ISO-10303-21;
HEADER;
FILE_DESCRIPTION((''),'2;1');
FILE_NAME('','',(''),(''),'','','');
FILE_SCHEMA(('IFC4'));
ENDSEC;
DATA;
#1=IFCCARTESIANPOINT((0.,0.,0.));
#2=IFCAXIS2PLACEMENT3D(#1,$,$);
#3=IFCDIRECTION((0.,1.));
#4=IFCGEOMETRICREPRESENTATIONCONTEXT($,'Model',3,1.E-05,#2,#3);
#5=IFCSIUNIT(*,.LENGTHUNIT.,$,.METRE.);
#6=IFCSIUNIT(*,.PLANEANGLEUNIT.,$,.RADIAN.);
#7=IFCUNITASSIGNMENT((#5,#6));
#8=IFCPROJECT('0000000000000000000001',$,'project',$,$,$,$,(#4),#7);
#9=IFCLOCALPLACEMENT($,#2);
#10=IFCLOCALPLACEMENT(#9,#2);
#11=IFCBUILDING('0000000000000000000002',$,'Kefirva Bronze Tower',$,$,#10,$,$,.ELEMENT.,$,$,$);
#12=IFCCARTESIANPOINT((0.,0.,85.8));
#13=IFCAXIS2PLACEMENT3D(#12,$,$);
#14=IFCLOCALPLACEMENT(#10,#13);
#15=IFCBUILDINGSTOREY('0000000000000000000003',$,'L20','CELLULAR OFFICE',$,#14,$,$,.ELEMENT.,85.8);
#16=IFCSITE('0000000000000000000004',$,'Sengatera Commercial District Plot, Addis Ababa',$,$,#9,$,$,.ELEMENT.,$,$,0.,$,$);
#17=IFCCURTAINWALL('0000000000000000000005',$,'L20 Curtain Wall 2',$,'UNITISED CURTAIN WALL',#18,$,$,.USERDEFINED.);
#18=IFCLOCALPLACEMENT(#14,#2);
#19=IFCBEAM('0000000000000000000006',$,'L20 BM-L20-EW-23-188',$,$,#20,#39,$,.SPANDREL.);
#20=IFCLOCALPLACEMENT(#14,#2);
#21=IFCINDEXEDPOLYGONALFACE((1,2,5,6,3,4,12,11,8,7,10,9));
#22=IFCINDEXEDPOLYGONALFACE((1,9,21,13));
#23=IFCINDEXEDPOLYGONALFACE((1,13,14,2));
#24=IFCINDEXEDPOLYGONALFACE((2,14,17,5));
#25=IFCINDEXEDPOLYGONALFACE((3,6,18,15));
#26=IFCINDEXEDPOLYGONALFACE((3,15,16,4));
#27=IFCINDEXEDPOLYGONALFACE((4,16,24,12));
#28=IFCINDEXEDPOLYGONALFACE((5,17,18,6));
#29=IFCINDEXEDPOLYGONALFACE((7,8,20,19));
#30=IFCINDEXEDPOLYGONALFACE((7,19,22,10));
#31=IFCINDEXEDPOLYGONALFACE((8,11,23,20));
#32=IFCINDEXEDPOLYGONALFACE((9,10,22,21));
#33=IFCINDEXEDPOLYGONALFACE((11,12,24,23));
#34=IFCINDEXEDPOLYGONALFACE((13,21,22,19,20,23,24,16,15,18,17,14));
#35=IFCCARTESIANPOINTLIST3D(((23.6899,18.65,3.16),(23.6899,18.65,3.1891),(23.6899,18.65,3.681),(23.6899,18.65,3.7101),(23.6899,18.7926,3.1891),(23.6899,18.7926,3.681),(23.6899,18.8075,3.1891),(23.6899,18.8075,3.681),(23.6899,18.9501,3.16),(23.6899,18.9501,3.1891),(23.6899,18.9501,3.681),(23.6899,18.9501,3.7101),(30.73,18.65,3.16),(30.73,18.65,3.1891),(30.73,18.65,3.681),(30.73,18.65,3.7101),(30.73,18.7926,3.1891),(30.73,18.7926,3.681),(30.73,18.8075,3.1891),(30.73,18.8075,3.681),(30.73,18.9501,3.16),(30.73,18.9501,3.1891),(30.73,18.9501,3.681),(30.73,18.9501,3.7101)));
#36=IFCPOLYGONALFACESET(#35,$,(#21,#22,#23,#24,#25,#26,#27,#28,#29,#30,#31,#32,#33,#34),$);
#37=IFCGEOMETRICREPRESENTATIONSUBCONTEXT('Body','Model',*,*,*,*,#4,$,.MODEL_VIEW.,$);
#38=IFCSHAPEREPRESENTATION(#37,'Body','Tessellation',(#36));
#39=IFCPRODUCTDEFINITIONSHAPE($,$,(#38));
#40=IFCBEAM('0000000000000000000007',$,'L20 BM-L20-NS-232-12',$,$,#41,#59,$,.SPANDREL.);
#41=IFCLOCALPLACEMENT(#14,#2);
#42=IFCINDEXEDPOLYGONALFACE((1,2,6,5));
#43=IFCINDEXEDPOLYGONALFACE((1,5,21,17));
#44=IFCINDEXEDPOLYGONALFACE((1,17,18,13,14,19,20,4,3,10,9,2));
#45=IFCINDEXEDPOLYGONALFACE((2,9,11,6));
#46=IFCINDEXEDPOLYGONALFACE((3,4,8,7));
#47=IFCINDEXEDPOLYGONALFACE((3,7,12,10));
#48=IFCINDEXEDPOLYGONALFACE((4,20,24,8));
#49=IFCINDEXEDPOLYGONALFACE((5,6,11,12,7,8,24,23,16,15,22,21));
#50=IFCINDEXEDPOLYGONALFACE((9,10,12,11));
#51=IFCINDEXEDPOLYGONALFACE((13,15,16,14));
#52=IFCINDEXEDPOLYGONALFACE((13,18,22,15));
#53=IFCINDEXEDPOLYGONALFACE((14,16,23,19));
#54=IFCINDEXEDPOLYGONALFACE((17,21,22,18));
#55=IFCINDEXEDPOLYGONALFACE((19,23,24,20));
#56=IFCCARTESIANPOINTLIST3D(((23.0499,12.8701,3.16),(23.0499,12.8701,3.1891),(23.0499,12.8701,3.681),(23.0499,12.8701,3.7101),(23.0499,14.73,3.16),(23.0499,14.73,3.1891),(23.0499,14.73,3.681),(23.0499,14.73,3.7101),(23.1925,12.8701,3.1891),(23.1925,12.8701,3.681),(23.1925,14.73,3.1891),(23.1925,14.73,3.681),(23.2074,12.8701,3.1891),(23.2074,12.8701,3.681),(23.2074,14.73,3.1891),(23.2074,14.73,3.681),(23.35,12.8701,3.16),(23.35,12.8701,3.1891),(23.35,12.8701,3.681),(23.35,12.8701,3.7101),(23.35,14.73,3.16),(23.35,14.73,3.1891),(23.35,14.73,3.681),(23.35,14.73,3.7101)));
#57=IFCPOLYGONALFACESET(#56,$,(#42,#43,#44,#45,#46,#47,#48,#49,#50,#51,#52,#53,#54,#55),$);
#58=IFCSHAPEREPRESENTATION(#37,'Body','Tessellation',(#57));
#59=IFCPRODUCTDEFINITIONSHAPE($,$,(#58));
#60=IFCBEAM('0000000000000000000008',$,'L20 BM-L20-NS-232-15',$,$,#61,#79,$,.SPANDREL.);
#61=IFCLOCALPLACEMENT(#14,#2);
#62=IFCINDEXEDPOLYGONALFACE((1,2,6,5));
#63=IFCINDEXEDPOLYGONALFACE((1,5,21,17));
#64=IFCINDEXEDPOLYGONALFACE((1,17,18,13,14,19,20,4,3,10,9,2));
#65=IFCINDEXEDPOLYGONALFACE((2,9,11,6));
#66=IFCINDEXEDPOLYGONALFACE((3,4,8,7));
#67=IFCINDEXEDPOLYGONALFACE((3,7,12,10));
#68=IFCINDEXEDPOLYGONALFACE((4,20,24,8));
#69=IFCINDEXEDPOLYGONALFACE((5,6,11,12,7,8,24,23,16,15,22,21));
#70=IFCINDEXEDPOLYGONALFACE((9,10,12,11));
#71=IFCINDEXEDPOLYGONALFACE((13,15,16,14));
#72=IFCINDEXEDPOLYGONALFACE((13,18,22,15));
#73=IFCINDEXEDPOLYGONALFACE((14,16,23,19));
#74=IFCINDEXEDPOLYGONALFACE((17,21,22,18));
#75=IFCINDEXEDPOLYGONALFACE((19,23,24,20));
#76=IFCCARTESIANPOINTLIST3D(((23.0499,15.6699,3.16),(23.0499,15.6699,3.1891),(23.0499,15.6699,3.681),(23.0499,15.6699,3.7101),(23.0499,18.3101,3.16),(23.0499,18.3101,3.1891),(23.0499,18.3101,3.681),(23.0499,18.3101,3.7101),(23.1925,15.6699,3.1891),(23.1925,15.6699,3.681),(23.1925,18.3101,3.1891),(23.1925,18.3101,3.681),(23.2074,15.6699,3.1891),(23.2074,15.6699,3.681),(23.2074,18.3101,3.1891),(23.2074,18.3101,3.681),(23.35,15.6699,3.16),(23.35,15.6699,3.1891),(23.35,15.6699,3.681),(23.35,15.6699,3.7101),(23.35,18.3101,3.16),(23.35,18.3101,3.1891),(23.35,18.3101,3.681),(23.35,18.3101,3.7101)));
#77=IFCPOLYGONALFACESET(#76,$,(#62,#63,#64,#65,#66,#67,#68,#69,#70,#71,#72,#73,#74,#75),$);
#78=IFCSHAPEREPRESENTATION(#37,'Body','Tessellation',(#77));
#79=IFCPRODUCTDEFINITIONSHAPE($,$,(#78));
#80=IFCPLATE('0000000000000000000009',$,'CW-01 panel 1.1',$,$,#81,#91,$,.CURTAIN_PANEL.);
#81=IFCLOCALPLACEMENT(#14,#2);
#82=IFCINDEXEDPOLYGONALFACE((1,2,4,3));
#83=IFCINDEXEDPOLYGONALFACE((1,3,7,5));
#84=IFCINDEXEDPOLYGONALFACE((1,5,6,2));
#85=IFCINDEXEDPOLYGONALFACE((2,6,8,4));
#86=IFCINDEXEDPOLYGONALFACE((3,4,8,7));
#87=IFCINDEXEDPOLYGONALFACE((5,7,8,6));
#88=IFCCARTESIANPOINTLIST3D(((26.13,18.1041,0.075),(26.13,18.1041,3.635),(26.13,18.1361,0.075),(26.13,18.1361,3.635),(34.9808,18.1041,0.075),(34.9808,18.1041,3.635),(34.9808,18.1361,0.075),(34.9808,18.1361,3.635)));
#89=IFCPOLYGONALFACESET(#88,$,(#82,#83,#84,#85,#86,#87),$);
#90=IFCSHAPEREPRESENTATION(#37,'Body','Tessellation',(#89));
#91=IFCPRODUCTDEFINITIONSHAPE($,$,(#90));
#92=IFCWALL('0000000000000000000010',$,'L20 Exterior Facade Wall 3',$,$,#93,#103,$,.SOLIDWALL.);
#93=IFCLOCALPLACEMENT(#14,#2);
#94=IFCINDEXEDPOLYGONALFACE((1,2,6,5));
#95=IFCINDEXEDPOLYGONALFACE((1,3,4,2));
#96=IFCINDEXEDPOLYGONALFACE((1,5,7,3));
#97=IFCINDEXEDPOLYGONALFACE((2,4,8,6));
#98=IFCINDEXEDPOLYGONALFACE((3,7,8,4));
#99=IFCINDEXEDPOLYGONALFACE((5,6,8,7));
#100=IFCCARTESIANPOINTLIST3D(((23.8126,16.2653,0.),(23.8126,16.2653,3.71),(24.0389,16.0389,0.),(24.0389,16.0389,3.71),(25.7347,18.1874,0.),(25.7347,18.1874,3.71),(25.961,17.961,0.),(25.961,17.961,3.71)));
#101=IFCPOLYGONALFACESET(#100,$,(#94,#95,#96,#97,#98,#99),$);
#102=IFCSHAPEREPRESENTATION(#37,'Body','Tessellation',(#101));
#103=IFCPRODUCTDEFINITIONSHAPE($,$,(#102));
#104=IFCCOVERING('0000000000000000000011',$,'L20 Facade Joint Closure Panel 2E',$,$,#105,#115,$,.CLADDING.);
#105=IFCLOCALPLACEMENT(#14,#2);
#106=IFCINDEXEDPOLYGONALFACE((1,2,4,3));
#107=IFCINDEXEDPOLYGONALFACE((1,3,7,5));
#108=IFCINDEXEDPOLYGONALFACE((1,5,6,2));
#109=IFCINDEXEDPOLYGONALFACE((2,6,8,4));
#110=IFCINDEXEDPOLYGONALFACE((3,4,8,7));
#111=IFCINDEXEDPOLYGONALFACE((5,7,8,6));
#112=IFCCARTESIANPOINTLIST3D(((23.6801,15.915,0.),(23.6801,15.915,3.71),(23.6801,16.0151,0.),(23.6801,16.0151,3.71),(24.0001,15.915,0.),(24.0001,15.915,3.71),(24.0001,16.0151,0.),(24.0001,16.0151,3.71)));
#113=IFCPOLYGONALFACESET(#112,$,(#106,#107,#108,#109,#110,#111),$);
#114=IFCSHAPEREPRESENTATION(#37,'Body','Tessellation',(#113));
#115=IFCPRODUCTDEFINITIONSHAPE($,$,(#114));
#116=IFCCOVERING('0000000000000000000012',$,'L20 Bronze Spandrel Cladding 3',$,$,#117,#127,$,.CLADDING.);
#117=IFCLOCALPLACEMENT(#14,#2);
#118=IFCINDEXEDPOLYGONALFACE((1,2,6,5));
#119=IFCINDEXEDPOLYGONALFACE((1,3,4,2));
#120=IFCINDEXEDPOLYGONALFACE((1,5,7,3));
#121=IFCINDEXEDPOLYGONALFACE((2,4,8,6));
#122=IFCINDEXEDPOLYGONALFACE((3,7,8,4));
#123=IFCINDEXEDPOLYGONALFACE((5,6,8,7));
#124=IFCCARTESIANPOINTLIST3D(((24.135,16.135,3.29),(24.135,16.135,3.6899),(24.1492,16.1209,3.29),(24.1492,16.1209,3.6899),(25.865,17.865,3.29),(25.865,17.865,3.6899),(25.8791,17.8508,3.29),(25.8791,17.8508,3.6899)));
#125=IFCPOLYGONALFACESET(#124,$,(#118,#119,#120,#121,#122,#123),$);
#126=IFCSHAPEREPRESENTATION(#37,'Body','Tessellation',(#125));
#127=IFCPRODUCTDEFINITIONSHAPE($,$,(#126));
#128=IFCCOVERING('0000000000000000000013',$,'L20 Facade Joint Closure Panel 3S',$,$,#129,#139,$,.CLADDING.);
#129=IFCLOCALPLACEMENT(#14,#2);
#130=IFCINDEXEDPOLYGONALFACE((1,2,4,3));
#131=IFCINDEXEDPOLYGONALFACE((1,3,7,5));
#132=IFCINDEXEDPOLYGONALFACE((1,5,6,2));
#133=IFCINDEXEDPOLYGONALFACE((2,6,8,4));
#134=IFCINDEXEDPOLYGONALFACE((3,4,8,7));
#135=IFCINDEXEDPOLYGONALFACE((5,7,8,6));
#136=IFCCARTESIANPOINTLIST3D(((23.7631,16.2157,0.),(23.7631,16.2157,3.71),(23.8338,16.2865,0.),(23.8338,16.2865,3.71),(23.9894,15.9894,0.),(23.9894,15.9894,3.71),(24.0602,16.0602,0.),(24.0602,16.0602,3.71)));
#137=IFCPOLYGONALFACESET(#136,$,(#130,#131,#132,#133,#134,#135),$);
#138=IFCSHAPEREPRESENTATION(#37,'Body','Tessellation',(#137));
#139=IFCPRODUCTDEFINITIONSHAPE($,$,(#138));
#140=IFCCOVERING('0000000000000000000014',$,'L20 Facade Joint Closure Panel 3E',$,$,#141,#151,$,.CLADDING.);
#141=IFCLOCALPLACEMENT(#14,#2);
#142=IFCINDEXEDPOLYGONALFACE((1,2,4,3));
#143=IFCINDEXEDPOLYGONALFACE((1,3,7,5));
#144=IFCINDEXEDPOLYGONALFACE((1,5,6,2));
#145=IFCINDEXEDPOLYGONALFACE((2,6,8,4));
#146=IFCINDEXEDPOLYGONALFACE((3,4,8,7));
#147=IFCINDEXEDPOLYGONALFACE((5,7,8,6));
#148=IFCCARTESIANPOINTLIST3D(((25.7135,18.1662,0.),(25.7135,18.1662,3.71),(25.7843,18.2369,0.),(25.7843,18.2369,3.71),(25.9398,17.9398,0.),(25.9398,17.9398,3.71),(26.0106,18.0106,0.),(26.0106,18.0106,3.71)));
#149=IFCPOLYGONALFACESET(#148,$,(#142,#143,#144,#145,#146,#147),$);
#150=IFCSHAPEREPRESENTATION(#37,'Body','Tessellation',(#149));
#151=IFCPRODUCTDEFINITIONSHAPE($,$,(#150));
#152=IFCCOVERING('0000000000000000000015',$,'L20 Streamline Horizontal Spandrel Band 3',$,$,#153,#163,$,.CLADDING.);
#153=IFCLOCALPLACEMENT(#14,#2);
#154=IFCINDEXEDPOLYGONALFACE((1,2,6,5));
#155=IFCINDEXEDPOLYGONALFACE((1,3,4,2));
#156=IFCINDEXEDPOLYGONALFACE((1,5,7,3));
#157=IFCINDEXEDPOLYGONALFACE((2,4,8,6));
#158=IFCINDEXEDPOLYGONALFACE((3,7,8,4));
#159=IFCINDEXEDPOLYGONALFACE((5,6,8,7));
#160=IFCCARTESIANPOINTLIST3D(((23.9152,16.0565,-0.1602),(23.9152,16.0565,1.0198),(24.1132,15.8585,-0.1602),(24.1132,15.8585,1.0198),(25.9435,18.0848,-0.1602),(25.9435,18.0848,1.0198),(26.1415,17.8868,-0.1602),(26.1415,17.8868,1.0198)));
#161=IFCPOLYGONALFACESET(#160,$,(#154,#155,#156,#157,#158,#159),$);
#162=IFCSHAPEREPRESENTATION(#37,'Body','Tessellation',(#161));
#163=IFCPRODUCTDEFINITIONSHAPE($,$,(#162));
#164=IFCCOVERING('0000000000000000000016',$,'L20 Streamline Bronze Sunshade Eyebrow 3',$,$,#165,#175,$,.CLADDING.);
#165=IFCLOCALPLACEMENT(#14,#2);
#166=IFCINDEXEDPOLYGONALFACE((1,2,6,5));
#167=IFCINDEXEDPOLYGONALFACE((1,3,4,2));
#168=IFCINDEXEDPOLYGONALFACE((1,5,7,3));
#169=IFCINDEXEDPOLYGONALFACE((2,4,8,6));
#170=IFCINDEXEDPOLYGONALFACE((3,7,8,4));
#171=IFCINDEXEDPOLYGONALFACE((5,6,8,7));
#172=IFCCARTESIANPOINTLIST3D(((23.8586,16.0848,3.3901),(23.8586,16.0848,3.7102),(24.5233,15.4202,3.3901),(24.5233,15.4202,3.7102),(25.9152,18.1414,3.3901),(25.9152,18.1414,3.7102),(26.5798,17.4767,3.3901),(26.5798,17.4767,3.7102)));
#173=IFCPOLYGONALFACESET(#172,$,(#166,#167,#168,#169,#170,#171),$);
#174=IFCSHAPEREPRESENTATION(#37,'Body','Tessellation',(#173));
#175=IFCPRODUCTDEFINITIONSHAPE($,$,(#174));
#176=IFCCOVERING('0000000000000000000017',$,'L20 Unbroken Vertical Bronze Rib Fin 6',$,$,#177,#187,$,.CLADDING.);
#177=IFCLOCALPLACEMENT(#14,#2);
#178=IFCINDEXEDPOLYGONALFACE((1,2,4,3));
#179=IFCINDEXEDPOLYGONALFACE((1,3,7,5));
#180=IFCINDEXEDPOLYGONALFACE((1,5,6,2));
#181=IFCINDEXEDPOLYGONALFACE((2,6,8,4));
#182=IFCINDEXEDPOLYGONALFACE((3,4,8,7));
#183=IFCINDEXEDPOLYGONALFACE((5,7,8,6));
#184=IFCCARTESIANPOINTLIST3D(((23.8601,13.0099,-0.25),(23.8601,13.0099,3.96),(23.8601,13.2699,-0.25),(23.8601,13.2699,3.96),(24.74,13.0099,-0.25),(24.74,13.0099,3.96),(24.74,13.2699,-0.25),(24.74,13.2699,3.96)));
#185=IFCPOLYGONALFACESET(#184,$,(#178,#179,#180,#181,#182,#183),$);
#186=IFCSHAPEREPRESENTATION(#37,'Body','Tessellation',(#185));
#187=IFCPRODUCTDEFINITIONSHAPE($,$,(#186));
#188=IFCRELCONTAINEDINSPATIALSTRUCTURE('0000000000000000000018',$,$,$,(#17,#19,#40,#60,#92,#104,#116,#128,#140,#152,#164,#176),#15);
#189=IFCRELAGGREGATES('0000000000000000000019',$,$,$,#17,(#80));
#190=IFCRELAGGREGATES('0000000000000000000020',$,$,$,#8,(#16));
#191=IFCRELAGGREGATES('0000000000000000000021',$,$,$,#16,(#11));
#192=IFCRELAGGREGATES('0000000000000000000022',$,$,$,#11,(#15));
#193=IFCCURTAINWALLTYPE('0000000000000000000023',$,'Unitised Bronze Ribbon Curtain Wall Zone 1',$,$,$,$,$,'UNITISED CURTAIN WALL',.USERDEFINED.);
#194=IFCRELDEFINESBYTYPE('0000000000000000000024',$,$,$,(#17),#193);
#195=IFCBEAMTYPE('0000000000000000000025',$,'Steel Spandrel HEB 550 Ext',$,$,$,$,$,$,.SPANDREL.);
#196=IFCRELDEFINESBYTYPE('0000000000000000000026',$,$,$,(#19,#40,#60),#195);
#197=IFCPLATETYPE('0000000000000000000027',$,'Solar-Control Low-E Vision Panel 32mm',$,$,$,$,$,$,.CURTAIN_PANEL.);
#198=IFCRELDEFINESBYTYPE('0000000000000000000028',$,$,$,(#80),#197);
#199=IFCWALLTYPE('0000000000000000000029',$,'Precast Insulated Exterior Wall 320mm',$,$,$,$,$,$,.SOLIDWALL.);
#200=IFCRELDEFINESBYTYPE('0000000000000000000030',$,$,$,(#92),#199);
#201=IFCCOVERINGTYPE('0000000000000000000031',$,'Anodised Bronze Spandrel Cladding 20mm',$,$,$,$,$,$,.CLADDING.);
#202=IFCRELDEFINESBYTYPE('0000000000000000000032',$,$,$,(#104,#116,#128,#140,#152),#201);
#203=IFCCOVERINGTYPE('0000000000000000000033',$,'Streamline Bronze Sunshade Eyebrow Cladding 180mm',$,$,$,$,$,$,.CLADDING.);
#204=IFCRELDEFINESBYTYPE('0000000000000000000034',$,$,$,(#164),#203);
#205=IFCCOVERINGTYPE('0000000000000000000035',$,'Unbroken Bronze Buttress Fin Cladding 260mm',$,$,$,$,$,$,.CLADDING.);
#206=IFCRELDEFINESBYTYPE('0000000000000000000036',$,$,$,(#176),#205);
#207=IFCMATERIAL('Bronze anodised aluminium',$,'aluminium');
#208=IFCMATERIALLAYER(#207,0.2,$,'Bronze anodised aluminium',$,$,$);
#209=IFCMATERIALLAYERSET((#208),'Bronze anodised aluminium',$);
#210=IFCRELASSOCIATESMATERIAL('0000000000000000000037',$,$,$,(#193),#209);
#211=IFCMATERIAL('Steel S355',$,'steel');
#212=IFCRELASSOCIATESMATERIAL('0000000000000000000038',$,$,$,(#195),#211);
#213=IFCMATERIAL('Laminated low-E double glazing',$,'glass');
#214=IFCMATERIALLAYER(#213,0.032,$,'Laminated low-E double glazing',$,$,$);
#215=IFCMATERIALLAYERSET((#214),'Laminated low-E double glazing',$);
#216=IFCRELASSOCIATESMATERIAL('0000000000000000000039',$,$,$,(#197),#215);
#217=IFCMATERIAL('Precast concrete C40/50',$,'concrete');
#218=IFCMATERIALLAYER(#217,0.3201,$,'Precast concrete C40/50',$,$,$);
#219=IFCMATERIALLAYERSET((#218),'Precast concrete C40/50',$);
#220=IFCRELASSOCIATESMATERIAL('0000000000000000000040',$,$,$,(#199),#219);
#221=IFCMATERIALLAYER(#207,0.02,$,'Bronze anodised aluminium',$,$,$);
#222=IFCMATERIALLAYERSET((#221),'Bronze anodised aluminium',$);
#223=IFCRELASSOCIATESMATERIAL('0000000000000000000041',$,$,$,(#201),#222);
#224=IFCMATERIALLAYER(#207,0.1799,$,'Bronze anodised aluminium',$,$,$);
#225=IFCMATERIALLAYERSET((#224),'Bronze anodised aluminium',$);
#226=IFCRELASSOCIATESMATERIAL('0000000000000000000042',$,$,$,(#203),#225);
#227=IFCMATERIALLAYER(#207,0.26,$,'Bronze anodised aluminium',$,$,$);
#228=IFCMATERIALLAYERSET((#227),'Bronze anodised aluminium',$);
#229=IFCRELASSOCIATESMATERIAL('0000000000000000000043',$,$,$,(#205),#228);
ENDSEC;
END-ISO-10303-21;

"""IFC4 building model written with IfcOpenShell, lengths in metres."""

from ifc_helpers import new_model, si_unit, direction, frame, frame_2d, origin, origin_2d, place, context, subcontext, project, spatial, rectangle, i_section, extrude, material, layer, layer_set, material_profile, profile_set, type_object, element, aggregate, save


model = new_model("IFC4")

# Units and contexts
model_context = context("Model", 3, precision=1e-05, world=origin(), true_north=direction((0.0, 1.0)))
body_context = subcontext(model_context, "Body", "Model", "MODEL_VIEW")
ifc_project = project(units=[si_unit("LENGTHUNIT", "METRE"), si_unit("PLANEANGLEUNIT", "RADIAN")], contexts=[model_context])

# Site, building, storey
site_placement = place(None, origin())
site = spatial("IfcSite", under=ifc_project, at=site_placement, Name="Sengatera Commercial District Plot, Addis Ababa", CompositionType="ELEMENT", RefElevation=0.0)
building_placement = place(site_placement, origin())
building = spatial("IfcBuilding", under=site, at=building_placement, Name="Kefirva Bronze Tower", CompositionType="ELEMENT")
storey_placement = place(building_placement, frame((0.0, 0.0, 85.8)))
storey = spatial("IfcBuildingStorey", under=building, at=storey_placement, Name="L20", Description="CELLULAR OFFICE", CompositionType="ELEMENT", Elevation=85.8)

# Curtain wall
ifc_material_1 = material(Name="Bronze anodised aluminium", Category="aluminium")
ifc_layer_1 = layer(ifc_material_1, 0.2, Name="Bronze anodised aluminium")
ifc_layer_set_1 = layer_set([ifc_layer_1], Name="Bronze anodised aluminium")
curtain_wall_type = type_object("IfcCurtainWallType", Name="Unitised Bronze Ribbon Curtain Wall Zone 1", ElementType="UNITISED CURTAIN WALL", PredefinedType="USERDEFINED", material=ifc_layer_set_1)
curtain_wall_placement = place(storey_placement, origin())
curtain_wall = element("IfcCurtainWall", 1, at=curtain_wall_placement, inside=storey, type_object=curtain_wall_type, Name="L20 Curtain Wall 2", ObjectType="UNITISED CURTAIN WALL", PredefinedType="USERDEFINED")

# Beams
ifc_material_2 = material(Name="Steel S355", Category="steel")
ifc_material_profile_1 = material_profile(ifc_material_2, i_section(OverallWidth=0.3, OverallDepth=0.55, WebThickness=0.0149, FlangeThickness=0.0291, at=origin_2d()), Name="HEB 550")
ifc_profile_set_1 = profile_set([ifc_material_profile_1], Name="Steel S355")
beam_type_1 = type_object("IfcBeamType", Name="Steel Spandrel HEB 550 Ext", PredefinedType="SPANDREL", material=ifc_profile_set_1)
beam_1_placement = place(storey_placement, frame((23.6899, 18.8, 3.4351), z_axis=(1.0, 0.0, 0.0), x_axis=(0.0, 1.0, 0.0)))
element("IfcBeam", 2, at=beam_1_placement, inside=storey, type_object=beam_type_1, Name="L20 BM-L20-EW-23-188", PredefinedType="SPANDREL", context=body_context, shape_type="SweptSolid", body=[
    extrude(i_section(OverallWidth=0.3, OverallDepth=0.55, WebThickness=0.0149, FlangeThickness=0.0291, at=origin_2d()), origin(), (0.0, 0.0, 1.0), 7.04),
])
beam_2_placement = place(storey_placement, frame((23.2, 12.8701, 3.4351), z_axis=(0.0, 1.0, 0.0), x_axis=(-1.0, 0.0, 0.0)))
element("IfcBeam", 3, at=beam_2_placement, inside=storey, type_object=beam_type_1, Name="L20 BM-L20-NS-232-12", PredefinedType="SPANDREL", context=body_context, shape_type="SweptSolid", body=[
    extrude(i_section(OverallWidth=0.3, OverallDepth=0.55, WebThickness=0.0149, FlangeThickness=0.0291, at=origin_2d()), origin(), (0.0, 0.0, 1.0), 1.8599),
])
beam_3_placement = place(storey_placement, frame((23.2, 15.6699, 3.4351), z_axis=(0.0, 1.0, 0.0), x_axis=(-1.0, 0.0, 0.0)))
element("IfcBeam", 4, at=beam_3_placement, inside=storey, type_object=beam_type_1, Name="L20 BM-L20-NS-232-15", PredefinedType="SPANDREL", context=body_context, shape_type="SweptSolid", body=[
    extrude(i_section(OverallWidth=0.3, OverallDepth=0.55, WebThickness=0.0149, FlangeThickness=0.0291, at=origin_2d()), origin(), (0.0, 0.0, 1.0), 2.6401),
])

# Plate
ifc_material_3 = material(Name="Laminated low-E double glazing", Category="glass")
ifc_layer_2 = layer(ifc_material_3, 0.032, Name="Laminated low-E double glazing")
ifc_layer_set_2 = layer_set([ifc_layer_2], Name="Laminated low-E double glazing")
plate_type = type_object("IfcPlateType", Name="Solar-Control Low-E Vision Panel 32mm", PredefinedType="CURTAIN_PANEL", material=ifc_layer_set_2)
plate_placement = place(storey_placement, frame((30.5554, 18.1201, 0.075), z_axis=(0.0, 0.0, 1.0), x_axis=(1.0, 0.0, 0.0)))
plate = element("IfcPlate", 5, at=plate_placement, type_object=plate_type, Name="CW-01 panel 1.1", PredefinedType="CURTAIN_PANEL", context=body_context, shape_type="SweptSolid", body=[
    extrude(rectangle(XDim=8.8508, YDim=0.032, at=origin_2d()), origin(), (0.0, 0.0, 1.0), 3.5601),
])
aggregate(curtain_wall, [plate])

# Wall
ifc_material_4 = material(Name="Precast concrete C40/50", Category="concrete")
ifc_layer_3 = layer(ifc_material_4, 0.3201, Name="Precast concrete C40/50")
ifc_layer_set_3 = layer_set([ifc_layer_3], Name="Precast concrete C40/50")
wall_type = type_object("IfcWallType", Name="Precast Insulated Exterior Wall 320mm", PredefinedType="SOLIDWALL", material=ifc_layer_set_3)
wall_placement = place(storey_placement, frame((23.9258, 16.1521, 0.0), z_axis=(0.0, 0.0, 1.0), x_axis=(0.707107, 0.707107, 0.0)))
element("IfcWall", 6, at=wall_placement, inside=storey, type_object=wall_type, Name="L20 Exterior Facade Wall 3", PredefinedType="SOLIDWALL", context=body_context, shape_type="SweptSolid", body=[
    extrude(rectangle(XDim=2.7183, YDim=0.3201, at=frame_2d((1.3591, 0.0))), origin(), (0.0, 0.0, 1.0), 3.71),
])

# Coverings
ifc_layer_4 = layer(ifc_material_1, 0.02, Name="Bronze anodised aluminium")
ifc_layer_set_4 = layer_set([ifc_layer_4], Name="Bronze anodised aluminium")
covering_type_1 = type_object("IfcCoveringType", Name="Anodised Bronze Spandrel Cladding 20mm", PredefinedType="CLADDING", material=ifc_layer_set_4)
covering_1_placement = place(storey_placement, frame((23.8401, 15.9651, 0.0), z_axis=(0.0, 0.0, 1.0), x_axis=(0.0, 1.0, 0.0)))
element("IfcCovering", 7, at=covering_1_placement, inside=storey, type_object=covering_type_1, Name="L20 Facade Joint Closure Panel 2E", PredefinedType="CLADDING", context=body_context, shape_type="SweptSolid", body=[
    extrude(rectangle(XDim=0.1001, YDim=0.3201, at=origin_2d()), origin(), (0.0, 0.0, 1.0), 3.71),
])
covering_2_placement = place(storey_placement, frame((25.0071, 16.9929, 3.29), z_axis=(0.0, 0.0, 1.0), x_axis=(0.707107, 0.707107, 0.0)))
element("IfcCovering", 8, at=covering_2_placement, inside=storey, type_object=covering_type_1, Name="L20 Bronze Spandrel Cladding 3", PredefinedType="CLADDING", context=body_context, shape_type="SweptSolid", body=[
    extrude(rectangle(XDim=2.4465, YDim=0.02, at=origin_2d()), origin(), (0.0, 0.0, 1.0), 0.3999),
])
for number, where, z_axis, x_axis, name in (
    (9, (23.9116, 16.1379, 0.0), (0.0, 0.0, 1.0), (0.707107, 0.707107, 0.0), "L20 Facade Joint Closure Panel 3S"),
    (10, (25.8621, 18.0884, 0.0), (0.0, 0.0, 1.0), (0.707107, 0.707107, 0.0), "L20 Facade Joint Closure Panel 3E"),
):
    element("IfcCovering", number, at=place(storey_placement, frame(where, z_axis=z_axis, x_axis=x_axis)), inside=storey, type_object=covering_type_1, Name=name, PredefinedType="CLADDING", context=body_context, shape_type="SweptSolid", body=[
        extrude(rectangle(XDim=0.1001, YDim=0.3201, at=origin_2d()), origin(), (0.0, 0.0, 1.0), 3.71),
    ])
covering_3_placement = place(storey_placement, frame((25.0283, 16.9717, -0.1602), z_axis=(0.0, 0.0, 1.0), x_axis=(0.707107, 0.707107, 0.0)))
element("IfcCovering", 11, at=covering_3_placement, inside=storey, type_object=covering_type_1, Name="L20 Streamline Horizontal Spandrel Band 3", PredefinedType="CLADDING", context=body_context, shape_type="SweptSolid", body=[
    extrude(rectangle(XDim=2.8684, YDim=0.28, at=origin_2d()), origin(), (0.0, 0.0, 1.0), 1.1799),
])
ifc_layer_5 = layer(ifc_material_1, 0.1799, Name="Bronze anodised aluminium")
ifc_layer_set_5 = layer_set([ifc_layer_5], Name="Bronze anodised aluminium")
covering_type_2 = type_object("IfcCoveringType", Name="Streamline Bronze Sunshade Eyebrow Cladding 180mm", PredefinedType="CLADDING", material=ifc_layer_set_5)
covering_4_placement = place(storey_placement, frame((25.2192, 16.7808, 3.3901), z_axis=(0.0, 0.0, 1.0), x_axis=(0.707107, 0.707107, 0.0)))
element("IfcCovering", 12, at=covering_4_placement, inside=storey, type_object=covering_type_2, Name="L20 Streamline Bronze Sunshade Eyebrow 3", PredefinedType="CLADDING", context=body_context, shape_type="SweptSolid", body=[
    extrude(rectangle(XDim=2.9084, YDim=0.9399, at=origin_2d()), origin(), (0.0, 0.0, 1.0), 0.3201),
])
ifc_layer_6 = layer(ifc_material_1, 0.26, Name="Bronze anodised aluminium")
ifc_layer_set_6 = layer_set([ifc_layer_6], Name="Bronze anodised aluminium")
covering_type_3 = type_object("IfcCoveringType", Name="Unbroken Bronze Buttress Fin Cladding 260mm", PredefinedType="CLADDING", material=ifc_layer_set_6)
covering_5_placement = place(storey_placement, frame((24.3, 13.1399, -0.25), z_axis=(0.0, 0.0, 1.0), x_axis=(0.0, 1.0, 0.0)))
element("IfcCovering", 13, at=covering_5_placement, inside=storey, type_object=covering_type_3, Name="L20 Unbroken Vertical Bronze Rib Fin 6", PredefinedType="CLADDING", context=body_context, shape_type="SweptSolid", body=[
    extrude(rectangle(XDim=0.26, YDim=0.8799, at=origin_2d()), origin(), (0.0, 0.0, 1.0), 4.21),
])

save(model, "model.ifc")
